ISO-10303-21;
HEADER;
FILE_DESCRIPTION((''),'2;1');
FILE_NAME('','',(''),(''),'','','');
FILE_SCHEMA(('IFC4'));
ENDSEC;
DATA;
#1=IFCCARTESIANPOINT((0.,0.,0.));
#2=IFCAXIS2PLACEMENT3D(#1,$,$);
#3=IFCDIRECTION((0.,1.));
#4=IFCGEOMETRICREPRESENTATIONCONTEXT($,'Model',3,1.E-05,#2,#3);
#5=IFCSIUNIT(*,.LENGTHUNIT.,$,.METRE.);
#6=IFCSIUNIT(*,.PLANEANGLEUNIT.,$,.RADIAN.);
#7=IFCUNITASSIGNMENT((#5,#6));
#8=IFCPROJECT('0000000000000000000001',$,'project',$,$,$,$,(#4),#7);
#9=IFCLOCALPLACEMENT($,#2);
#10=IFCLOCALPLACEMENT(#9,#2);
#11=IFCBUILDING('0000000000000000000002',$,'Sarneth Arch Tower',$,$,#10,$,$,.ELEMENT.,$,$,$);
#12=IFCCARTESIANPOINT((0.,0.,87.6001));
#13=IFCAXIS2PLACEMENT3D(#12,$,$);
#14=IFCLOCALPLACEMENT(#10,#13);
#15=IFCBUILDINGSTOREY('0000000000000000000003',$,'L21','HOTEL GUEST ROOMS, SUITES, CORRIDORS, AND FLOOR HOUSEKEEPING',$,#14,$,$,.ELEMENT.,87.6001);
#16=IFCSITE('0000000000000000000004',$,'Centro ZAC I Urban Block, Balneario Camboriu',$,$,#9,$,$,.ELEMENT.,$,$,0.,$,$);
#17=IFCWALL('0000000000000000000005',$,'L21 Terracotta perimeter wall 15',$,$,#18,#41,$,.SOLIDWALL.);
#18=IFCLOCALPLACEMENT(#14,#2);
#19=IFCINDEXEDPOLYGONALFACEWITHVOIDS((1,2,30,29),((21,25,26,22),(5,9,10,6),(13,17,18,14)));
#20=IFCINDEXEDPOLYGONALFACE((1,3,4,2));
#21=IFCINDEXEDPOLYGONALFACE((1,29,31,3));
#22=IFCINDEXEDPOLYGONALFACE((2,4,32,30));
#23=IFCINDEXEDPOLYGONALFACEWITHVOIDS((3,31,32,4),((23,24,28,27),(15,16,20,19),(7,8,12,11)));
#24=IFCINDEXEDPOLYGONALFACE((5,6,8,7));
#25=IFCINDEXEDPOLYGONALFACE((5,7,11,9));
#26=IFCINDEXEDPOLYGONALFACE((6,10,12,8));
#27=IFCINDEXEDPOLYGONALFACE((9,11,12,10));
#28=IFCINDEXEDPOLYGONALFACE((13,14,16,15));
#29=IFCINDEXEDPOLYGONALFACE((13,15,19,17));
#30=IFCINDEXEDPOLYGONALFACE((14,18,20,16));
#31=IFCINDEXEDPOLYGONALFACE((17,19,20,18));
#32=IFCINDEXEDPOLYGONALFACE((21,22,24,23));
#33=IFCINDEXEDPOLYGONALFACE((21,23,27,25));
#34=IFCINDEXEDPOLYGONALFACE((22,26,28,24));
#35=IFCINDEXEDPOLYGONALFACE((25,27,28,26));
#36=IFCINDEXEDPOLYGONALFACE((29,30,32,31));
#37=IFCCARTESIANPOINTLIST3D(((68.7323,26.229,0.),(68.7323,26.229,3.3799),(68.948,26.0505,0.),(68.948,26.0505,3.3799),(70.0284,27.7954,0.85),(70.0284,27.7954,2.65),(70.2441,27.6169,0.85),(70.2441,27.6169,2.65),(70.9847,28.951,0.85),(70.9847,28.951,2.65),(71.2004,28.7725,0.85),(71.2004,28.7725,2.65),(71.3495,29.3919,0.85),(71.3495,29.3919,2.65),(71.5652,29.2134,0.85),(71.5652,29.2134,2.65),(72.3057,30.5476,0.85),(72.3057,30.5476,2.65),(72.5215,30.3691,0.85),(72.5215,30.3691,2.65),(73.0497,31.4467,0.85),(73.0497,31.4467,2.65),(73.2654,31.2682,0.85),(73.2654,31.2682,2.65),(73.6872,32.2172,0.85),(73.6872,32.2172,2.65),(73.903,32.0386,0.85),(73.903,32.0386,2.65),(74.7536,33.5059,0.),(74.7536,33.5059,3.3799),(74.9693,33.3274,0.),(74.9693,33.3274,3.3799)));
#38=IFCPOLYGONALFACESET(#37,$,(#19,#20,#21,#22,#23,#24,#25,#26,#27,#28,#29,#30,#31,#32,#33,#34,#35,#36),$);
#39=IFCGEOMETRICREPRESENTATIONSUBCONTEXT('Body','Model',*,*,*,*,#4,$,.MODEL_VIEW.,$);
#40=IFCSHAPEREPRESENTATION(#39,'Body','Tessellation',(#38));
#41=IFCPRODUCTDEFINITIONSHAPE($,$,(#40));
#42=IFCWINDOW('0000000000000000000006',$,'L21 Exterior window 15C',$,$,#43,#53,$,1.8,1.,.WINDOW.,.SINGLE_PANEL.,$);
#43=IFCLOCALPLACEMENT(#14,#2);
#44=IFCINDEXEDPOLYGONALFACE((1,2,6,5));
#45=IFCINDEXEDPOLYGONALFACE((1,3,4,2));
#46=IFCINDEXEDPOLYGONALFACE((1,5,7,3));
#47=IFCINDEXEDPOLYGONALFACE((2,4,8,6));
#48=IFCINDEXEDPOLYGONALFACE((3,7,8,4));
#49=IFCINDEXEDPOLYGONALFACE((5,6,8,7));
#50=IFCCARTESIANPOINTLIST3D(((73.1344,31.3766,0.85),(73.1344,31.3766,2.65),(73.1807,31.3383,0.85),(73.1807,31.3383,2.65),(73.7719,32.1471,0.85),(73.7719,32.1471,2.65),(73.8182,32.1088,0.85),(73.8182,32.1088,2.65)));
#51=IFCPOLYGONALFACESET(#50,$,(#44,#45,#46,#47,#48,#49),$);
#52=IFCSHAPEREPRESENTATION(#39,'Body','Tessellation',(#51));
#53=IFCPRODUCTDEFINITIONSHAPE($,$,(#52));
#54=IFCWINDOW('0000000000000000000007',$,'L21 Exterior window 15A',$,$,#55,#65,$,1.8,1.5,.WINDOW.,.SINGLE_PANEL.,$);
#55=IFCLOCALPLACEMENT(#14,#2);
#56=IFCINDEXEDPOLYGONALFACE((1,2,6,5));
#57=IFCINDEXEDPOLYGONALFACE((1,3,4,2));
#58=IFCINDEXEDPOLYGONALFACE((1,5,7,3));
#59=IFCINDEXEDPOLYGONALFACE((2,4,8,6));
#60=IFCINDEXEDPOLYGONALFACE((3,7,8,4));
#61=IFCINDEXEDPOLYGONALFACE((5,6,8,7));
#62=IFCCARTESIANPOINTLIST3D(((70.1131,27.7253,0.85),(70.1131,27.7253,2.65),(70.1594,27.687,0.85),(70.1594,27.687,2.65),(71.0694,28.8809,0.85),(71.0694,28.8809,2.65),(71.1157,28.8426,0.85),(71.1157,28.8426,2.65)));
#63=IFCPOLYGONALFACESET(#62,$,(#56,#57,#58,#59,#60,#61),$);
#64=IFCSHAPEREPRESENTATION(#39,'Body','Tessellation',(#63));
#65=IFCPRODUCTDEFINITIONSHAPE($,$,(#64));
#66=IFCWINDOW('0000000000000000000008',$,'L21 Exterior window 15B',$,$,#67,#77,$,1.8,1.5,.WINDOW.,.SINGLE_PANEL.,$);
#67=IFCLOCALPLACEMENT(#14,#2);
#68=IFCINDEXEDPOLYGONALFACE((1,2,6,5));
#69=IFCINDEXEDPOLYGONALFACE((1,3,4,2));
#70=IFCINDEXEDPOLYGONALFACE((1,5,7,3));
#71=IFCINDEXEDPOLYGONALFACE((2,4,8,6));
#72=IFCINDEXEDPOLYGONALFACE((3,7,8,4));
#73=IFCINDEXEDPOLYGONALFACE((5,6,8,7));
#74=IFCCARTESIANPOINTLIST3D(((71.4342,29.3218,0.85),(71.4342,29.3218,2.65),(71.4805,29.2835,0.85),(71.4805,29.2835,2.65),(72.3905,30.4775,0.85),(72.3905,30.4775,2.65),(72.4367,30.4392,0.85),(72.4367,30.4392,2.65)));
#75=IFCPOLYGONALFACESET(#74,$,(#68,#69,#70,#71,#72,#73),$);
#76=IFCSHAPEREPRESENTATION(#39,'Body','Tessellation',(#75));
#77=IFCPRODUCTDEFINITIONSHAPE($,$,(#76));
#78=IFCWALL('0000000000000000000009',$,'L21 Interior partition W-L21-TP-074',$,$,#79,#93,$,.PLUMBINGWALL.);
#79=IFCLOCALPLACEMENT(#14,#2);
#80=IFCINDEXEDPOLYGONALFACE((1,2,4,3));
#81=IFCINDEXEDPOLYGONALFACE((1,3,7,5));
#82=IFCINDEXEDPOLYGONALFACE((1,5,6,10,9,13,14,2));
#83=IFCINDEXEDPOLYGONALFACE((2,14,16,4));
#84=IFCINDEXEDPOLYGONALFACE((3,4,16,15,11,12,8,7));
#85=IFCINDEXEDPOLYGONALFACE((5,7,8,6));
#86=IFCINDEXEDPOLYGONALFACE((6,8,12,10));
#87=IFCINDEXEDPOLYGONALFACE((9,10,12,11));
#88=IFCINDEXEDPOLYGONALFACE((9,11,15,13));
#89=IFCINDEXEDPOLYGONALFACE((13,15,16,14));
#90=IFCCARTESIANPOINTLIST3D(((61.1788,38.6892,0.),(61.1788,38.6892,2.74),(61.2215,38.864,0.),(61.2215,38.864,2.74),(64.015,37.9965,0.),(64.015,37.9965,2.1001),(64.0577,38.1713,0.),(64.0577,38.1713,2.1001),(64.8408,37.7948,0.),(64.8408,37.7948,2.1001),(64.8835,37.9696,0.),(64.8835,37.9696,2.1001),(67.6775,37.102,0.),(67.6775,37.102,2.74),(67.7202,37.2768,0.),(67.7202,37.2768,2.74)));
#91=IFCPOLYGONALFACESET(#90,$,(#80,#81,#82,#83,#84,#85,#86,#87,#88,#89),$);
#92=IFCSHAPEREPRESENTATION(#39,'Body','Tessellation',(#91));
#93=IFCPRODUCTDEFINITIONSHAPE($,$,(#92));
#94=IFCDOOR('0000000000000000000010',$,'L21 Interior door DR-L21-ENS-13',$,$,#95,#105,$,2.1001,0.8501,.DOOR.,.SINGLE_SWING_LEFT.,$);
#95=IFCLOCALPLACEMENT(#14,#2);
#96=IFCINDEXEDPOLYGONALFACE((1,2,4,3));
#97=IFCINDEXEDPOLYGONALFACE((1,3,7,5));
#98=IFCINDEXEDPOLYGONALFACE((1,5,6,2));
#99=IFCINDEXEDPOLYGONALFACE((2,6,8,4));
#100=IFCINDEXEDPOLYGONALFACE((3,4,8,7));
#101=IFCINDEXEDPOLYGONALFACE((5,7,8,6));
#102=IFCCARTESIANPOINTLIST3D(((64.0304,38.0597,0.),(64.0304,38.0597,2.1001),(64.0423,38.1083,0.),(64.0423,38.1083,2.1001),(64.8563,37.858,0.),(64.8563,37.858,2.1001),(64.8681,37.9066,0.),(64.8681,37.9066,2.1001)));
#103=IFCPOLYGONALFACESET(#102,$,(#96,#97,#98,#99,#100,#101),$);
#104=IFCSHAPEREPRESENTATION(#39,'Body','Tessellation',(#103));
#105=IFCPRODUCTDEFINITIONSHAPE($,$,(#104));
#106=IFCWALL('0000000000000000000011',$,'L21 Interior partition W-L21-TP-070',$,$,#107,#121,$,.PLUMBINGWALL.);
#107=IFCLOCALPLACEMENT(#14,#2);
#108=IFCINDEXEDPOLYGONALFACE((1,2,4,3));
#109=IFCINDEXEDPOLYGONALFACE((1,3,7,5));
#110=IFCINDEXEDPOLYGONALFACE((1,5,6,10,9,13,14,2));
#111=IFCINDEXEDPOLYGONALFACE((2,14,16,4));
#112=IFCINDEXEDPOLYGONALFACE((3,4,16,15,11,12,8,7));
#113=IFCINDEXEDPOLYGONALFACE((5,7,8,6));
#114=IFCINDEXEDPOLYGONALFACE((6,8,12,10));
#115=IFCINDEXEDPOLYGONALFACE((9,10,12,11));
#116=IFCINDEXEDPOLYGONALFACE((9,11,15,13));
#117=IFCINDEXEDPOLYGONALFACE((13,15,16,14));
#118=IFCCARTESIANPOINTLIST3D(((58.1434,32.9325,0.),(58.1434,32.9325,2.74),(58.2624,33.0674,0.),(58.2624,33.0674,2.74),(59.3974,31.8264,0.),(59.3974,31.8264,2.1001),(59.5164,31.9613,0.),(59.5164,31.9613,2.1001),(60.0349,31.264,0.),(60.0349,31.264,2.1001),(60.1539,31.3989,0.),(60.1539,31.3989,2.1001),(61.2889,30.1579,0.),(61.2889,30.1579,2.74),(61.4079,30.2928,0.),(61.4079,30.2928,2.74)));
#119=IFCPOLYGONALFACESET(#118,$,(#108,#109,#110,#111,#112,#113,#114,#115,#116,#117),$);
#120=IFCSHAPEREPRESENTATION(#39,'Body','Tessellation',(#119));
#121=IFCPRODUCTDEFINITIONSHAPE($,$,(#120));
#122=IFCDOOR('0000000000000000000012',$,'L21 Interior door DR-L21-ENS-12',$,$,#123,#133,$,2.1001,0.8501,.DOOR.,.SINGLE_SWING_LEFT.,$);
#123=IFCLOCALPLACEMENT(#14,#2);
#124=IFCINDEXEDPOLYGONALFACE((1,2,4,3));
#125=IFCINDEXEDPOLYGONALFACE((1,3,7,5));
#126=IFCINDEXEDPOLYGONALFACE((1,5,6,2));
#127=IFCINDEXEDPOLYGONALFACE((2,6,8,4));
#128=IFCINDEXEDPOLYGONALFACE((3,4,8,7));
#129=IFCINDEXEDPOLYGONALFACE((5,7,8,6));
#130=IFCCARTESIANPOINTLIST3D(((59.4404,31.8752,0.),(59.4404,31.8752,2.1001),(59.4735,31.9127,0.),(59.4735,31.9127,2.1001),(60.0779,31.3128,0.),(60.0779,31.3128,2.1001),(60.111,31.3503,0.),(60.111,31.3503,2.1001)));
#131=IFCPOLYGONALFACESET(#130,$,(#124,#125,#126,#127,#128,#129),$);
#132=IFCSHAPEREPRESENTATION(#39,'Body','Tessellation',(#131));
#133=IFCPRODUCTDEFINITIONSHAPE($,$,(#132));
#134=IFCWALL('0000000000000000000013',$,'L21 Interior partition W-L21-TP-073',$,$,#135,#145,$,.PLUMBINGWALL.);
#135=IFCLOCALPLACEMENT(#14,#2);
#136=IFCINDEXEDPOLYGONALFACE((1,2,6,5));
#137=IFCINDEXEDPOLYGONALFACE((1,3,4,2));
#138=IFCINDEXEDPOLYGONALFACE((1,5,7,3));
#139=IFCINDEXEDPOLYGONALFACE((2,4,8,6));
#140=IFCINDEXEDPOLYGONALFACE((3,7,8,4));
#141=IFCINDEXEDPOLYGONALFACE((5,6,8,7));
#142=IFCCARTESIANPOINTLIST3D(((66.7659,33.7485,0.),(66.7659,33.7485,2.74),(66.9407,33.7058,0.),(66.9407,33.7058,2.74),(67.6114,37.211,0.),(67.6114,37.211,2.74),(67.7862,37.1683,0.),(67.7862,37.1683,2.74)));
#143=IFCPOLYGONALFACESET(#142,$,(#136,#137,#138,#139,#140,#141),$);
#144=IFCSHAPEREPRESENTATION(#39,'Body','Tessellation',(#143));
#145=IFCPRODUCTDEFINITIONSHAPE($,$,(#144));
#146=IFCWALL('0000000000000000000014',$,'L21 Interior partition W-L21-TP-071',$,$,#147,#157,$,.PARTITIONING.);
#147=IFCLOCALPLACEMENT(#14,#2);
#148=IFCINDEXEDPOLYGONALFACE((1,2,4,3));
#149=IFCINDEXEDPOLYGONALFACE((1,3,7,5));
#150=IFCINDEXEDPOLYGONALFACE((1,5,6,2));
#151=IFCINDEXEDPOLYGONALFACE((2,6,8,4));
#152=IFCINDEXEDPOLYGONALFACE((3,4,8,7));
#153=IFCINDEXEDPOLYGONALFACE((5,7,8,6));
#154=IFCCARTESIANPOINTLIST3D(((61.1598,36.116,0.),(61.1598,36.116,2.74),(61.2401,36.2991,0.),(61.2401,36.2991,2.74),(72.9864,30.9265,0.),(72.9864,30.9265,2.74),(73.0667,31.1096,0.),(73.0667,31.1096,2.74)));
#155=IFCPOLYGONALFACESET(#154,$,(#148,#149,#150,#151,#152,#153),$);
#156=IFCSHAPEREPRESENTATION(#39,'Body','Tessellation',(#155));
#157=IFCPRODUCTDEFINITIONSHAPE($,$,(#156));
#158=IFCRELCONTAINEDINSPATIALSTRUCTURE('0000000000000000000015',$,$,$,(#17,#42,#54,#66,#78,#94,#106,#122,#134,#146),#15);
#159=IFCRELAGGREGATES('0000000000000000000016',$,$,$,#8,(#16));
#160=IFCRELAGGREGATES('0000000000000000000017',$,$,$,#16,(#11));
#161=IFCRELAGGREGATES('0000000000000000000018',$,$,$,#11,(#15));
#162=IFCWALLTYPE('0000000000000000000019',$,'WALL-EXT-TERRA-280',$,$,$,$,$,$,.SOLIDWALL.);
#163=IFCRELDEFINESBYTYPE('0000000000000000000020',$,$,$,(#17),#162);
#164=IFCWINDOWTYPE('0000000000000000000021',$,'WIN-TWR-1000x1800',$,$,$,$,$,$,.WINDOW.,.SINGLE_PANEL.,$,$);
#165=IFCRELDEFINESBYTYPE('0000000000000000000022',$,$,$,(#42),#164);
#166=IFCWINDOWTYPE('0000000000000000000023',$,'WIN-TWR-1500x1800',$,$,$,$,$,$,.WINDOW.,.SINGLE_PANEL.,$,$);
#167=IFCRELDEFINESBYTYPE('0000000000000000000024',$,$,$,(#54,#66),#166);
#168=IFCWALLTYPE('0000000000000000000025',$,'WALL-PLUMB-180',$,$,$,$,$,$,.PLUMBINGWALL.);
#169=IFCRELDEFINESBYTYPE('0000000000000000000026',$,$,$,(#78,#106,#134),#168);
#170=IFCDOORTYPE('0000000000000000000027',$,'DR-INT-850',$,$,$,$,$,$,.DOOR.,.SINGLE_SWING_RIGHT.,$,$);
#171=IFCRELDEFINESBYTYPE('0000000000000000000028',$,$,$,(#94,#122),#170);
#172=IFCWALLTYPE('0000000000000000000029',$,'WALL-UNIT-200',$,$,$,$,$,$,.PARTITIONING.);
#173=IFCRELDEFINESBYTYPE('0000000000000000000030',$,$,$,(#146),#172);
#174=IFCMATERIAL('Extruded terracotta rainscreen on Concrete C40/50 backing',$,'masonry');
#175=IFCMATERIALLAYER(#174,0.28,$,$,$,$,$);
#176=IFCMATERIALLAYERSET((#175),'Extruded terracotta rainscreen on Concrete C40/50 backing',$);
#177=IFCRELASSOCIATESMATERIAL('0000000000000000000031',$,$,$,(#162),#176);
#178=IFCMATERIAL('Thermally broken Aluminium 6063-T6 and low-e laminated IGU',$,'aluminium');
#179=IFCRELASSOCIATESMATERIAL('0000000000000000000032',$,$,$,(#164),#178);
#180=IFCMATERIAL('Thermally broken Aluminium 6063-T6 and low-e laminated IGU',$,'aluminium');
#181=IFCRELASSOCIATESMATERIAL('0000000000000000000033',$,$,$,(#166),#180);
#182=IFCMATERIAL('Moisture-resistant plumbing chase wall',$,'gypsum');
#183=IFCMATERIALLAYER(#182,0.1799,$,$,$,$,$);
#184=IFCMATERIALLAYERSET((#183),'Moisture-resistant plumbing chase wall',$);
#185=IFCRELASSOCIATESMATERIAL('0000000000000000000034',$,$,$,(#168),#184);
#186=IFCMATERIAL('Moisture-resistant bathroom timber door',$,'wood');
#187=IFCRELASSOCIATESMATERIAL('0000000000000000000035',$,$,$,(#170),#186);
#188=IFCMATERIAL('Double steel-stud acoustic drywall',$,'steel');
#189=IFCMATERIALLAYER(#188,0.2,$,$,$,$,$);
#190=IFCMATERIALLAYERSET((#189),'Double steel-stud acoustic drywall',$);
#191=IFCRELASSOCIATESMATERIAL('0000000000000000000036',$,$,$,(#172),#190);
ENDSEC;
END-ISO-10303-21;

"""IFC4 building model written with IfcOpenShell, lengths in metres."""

from ifc_helpers import new_model, si_unit, direction, frame, frame_2d, origin, place, context, subcontext, project, spatial, rectangle, extrude, material, layer, layer_set, type_object, element, fill, save


model = new_model("IFC4")

# Units and contexts
model_context = context("Model", 3, precision=1e-05, world=origin(), true_north=direction((0.0, 1.0)))
body_context = subcontext(model_context, "Body", "Model", "MODEL_VIEW")
ifc_project = project(units=[si_unit("LENGTHUNIT", "METRE"), si_unit("PLANEANGLEUNIT", "RADIAN")], contexts=[model_context])

# Site, building, storey
site_placement = place(None, origin())
site = spatial("IfcSite", under=ifc_project, at=site_placement, Name="Centro ZAC I Urban Block, Balneario Camboriu", CompositionType="ELEMENT", RefElevation=0.0)
building_placement = place(site_placement, origin())
building = spatial("IfcBuilding", under=site, at=building_placement, Name="Sarneth Arch Tower", CompositionType="ELEMENT")
storey_placement = place(building_placement, frame((0.0, 0.0, 87.6001)))
storey = spatial("IfcBuildingStorey", under=building, at=storey_placement, Name="L21", Description="HOTEL GUEST ROOMS, SUITES, CORRIDORS, AND FLOOR HOUSEKEEPING", CompositionType="ELEMENT", Elevation=87.6001)

# Wall, openings, windows
ifc_material_1 = material(Name="Extruded terracotta rainscreen on Concrete C40/50 backing", Category="masonry")
ifc_layer_1 = layer(ifc_material_1, 0.28)
ifc_layer_set_1 = layer_set([ifc_layer_1], Name="Extruded terracotta rainscreen on Concrete C40/50 backing")
wall_type_1 = type_object("IfcWallType", Name="WALL-EXT-TERRA-280", PredefinedType="SOLIDWALL", material=ifc_layer_set_1)
wall_1_placement = place(storey_placement, frame((68.8401, 26.1396, 0.0), z_axis=(0.0, 0.0, 1.0), x_axis=(0.637506, 0.770446, 0.0)))
wall_1 = element("IfcWall", 1, at=wall_1_placement, inside=storey, type_object=wall_type_1, Name="L21 Terracotta perimeter wall 15", PredefinedType="SOLIDWALL", context=body_context, shape_type="SweptSolid", body=[
    extrude(rectangle(XDim=9.4451, YDim=0.28, at=frame_2d((4.7227, 0.0))), origin(), (0.0, 0.0, 1.0), 3.3799),
])
opening_1_placement = place(wall_1_placement, frame((2.0332, 0.0, 0.8501)))
opening_1 = element("IfcOpeningElement", 2, at=opening_1_placement, cuts=wall_1, PredefinedType="OPENING", context=body_context, shape_type="SweptSolid", body=[
    extrude(rectangle(XDim=1.5, YDim=1.8, at=frame_2d((0.75, 0.8999))), frame((0.0, 0.1499, 0.0), z_axis=(0.0, -1.0, 0.0), x_axis=(1.0, 0.0, 0.0)), (0.0, 0.0, 1.0), 0.3),
])
opening_2_placement = place(wall_1_placement, frame((4.1055, 0.0, 0.8501)))
opening_2 = element("IfcOpeningElement", 3, at=opening_2_placement, cuts=wall_1, PredefinedType="OPENING", context=body_context, shape_type="SweptSolid", body=[
    extrude(rectangle(XDim=1.5, YDim=1.8, at=frame_2d((0.75, 0.8999))), frame((0.0, 0.1499, 0.0), z_axis=(0.0, -1.0, 0.0), x_axis=(1.0, 0.0, 0.0)), (0.0, 0.0, 1.0), 0.3),
])
opening_3_placement = place(wall_1_placement, frame((6.7725, 0.0, 0.8501)))
opening_3 = element("IfcOpeningElement", 4, at=opening_3_placement, cuts=wall_1, PredefinedType="OPENING", context=body_context, shape_type="SweptSolid", body=[
    extrude(rectangle(XDim=1.0, YDim=1.8, at=frame_2d((0.5, 0.8999))), frame((0.0, 0.1499, 0.0), z_axis=(0.0, -1.0, 0.0), x_axis=(1.0, 0.0, 0.0)), (0.0, 0.0, 1.0), 0.3),
])
ifc_material_2 = material(Name="Thermally broken Aluminium 6063-T6 and low-e laminated IGU", Category="aluminium")
window_type_1 = type_object("IfcWindowType", Name="WIN-TWR-1000x1800", PartitioningType="SINGLE_PANEL", PredefinedType="WINDOW", material=ifc_material_2)
window_1_placement = place(opening_3_placement, origin())
window_1 = element("IfcWindow", 5, at=window_1_placement, inside=storey, type_object=window_type_1, Name="L21 Exterior window 15C", OverallHeight=1.8, OverallWidth=1.0, PartitioningType="SINGLE_PANEL", PredefinedType="WINDOW", context=body_context, shape_type="SweptSolid", body=[
    extrude(rectangle(XDim=1.0, YDim=1.8, at=frame_2d((0.5, 0.8999))), frame((0.0, 0.03, 0.0), z_axis=(0.0, -1.0, 0.0), x_axis=(1.0, 0.0, 0.0)), (0.0, 0.0, 1.0), 0.0601),
])
fill(opening_3, window_1)
ifc_material_3 = material(Name="Thermally broken Aluminium 6063-T6 and low-e laminated IGU", Category="aluminium")
window_type_2 = type_object("IfcWindowType", Name="WIN-TWR-1500x1800", PartitioningType="SINGLE_PANEL", PredefinedType="WINDOW", material=ifc_material_3)
window_2_placement = place(opening_1_placement, origin())
window_2 = element("IfcWindow", 6, at=window_2_placement, inside=storey, type_object=window_type_2, Name="L21 Exterior window 15A", OverallHeight=1.8, OverallWidth=1.5, PartitioningType="SINGLE_PANEL", PredefinedType="WINDOW", context=body_context, shape_type="SweptSolid", body=[
    extrude(rectangle(XDim=1.5, YDim=1.8, at=frame_2d((0.75, 0.8999))), frame((0.0, 0.03, 0.0), z_axis=(0.0, -1.0, 0.0), x_axis=(1.0, 0.0, 0.0)), (0.0, 0.0, 1.0), 0.0601),
])
fill(opening_1, window_2)
window_3_placement = place(opening_2_placement, origin())
window_3 = element("IfcWindow", 7, at=window_3_placement, inside=storey, type_object=window_type_2, Name="L21 Exterior window 15B", OverallHeight=1.8, OverallWidth=1.5, PartitioningType="SINGLE_PANEL", PredefinedType="WINDOW", context=body_context, shape_type="SweptSolid", body=[
    extrude(rectangle(XDim=1.5, YDim=1.8, at=frame_2d((0.75, 0.8999))), frame((0.0, 0.03, 0.0), z_axis=(0.0, -1.0, 0.0), x_axis=(1.0, 0.0, 0.0)), (0.0, 0.0, 1.0), 0.0601),
])
fill(opening_2, window_3)

# Walls, openings, doors
ifc_material_4 = material(Name="Moisture-resistant plumbing chase wall", Category="gypsum")
ifc_layer_2 = layer(ifc_material_4, 0.1799)
ifc_layer_set_2 = layer_set([ifc_layer_2], Name="Moisture-resistant plumbing chase wall")
wall_type_2 = type_object("IfcWallType", Name="WALL-PLUMB-180", PredefinedType="PLUMBINGWALL", material=ifc_layer_set_2)
wall_2_placement = place(storey_placement, frame((67.6987, 37.1895, 0.0), z_axis=(0.0, 0.0, 1.0), x_axis=(-0.971448, 0.237251, 0.0)))
wall_2 = element("IfcWall", 8, at=wall_2_placement, inside=storey, type_object=wall_type_2, Name="L21 Interior partition W-L21-TP-074", PredefinedType="PLUMBINGWALL", context=body_context, shape_type="SweptSolid", body=[
    extrude(rectangle(XDim=6.6897, YDim=0.1799, at=frame_2d((3.3447, 0.0))), origin(), (0.0, 0.0, 1.0), 2.74),
])
opening_4_placement = place(wall_2_placement, frame((2.9199, 0.0, 0.0)))
opening_4 = element("IfcOpeningElement", 9, at=opening_4_placement, cuts=wall_2, PredefinedType="OPENING", context=body_context, shape_type="SweptSolid", body=[
    extrude(rectangle(XDim=0.8501, YDim=2.1001, at=frame_2d((0.425, 1.05))), frame((0.0, 0.0999, 0.0), z_axis=(0.0, -1.0, 0.0), x_axis=(1.0, 0.0, 0.0)), (0.0, 0.0, 1.0), 0.2),
])
ifc_material_5 = material(Name="Moisture-resistant bathroom timber door", Category="wood")
door_type_1 = type_object("IfcDoorType", Name="DR-INT-850", OperationType="SINGLE_SWING_RIGHT", PredefinedType="DOOR", material=ifc_material_5)
door_1_placement = place(opening_4_placement, origin())
door_1 = element("IfcDoor", 10, at=door_1_placement, inside=storey, type_object=door_type_1, Name="L21 Interior door DR-L21-ENS-13", OperationType="SINGLE_SWING_LEFT", OverallHeight=2.1001, OverallWidth=0.8501, PredefinedType="DOOR", context=body_context, shape_type="SweptSolid", body=[
    extrude(rectangle(XDim=0.8501, YDim=2.1001, at=frame_2d((0.425, 1.05))), frame((0.0, 0.0249, 0.0), z_axis=(0.0, -1.0, 0.0), x_axis=(1.0, 0.0, 0.0)), (0.0, 0.0, 1.0), 0.05),
])
fill(opening_4, door_1)
wall_3_placement = place(storey_placement, frame((61.3484, 30.2253, 0.0), z_axis=(0.0, 0.0, 1.0), x_axis=(-0.749931, 0.661516, 0.0)))
wall_3 = element("IfcWall", 11, at=wall_3_placement, inside=storey, type_object=wall_type_2, Name="L21 Interior partition W-L21-TP-070", PredefinedType="PLUMBINGWALL", context=body_context, shape_type="SweptSolid", body=[
    extrude(rectangle(XDim=4.1943, YDim=0.1799, at=frame_2d((2.0972, 0.0))), origin(), (0.0, 0.0, 1.0), 2.74),
])
opening_5_placement = place(wall_3_placement, frame((1.6721, 0.0, 0.0)))
opening_5 = element("IfcOpeningElement", 12, at=opening_5_placement, cuts=wall_3, PredefinedType="OPENING", context=body_context, shape_type="SweptSolid", body=[
    extrude(rectangle(XDim=0.8501, YDim=2.1001, at=frame_2d((0.425, 1.05))), frame((0.0, 0.0999, 0.0), z_axis=(0.0, -1.0, 0.0), x_axis=(1.0, 0.0, 0.0)), (0.0, 0.0, 1.0), 0.2),
])
door_2_placement = place(opening_5_placement, origin())
door_2 = element("IfcDoor", 13, at=door_2_placement, inside=storey, type_object=door_type_1, Name="L21 Interior door DR-L21-ENS-12", OperationType="SINGLE_SWING_LEFT", OverallHeight=2.1001, OverallWidth=0.8501, PredefinedType="DOOR", context=body_context, shape_type="SweptSolid", body=[
    extrude(rectangle(XDim=0.8501, YDim=2.1001, at=frame_2d((0.425, 1.05))), frame((0.0, 0.0249, 0.0), z_axis=(0.0, -1.0, 0.0), x_axis=(1.0, 0.0, 0.0)), (0.0, 0.0, 1.0), 0.05),
])
fill(opening_5, door_2)

# Walls
wall_4_placement = place(storey_placement, frame((66.8533, 33.7271, 0.0), z_axis=(0.0, 0.0, 1.0), x_axis=(0.237213, 0.971458, 0.0)))
element("IfcWall", 14, at=wall_4_placement, inside=storey, type_object=wall_type_2, Name="L21 Interior partition W-L21-TP-073", PredefinedType="PLUMBINGWALL", context=body_context, shape_type="SweptSolid", body=[
    extrude(rectangle(XDim=3.5642, YDim=0.1799, at=frame_2d((1.7822, 0.0))), origin(), (0.0, 0.0, 1.0), 2.74),
])
ifc_material_6 = material(Name="Double steel-stud acoustic drywall", Category="steel")
ifc_layer_3 = layer(ifc_material_6, 0.2)
ifc_layer_set_3 = layer_set([ifc_layer_3], Name="Double steel-stud acoustic drywall")
wall_type_3 = type_object("IfcWallType", Name="WALL-UNIT-200", PredefinedType="PARTITIONING", material=ifc_layer_set_3)
wall_5_placement = place(storey_placement, frame((61.2, 36.2075, 0.0), z_axis=(0.0, 0.0, 1.0), x_axis=(0.915722, -0.401812, 0.0)))
element("IfcWall", 15, at=wall_5_placement, inside=storey, type_object=wall_type_3, Name="L21 Interior partition W-L21-TP-071", PredefinedType="PARTITIONING", context=body_context, shape_type="SweptSolid", body=[
    extrude(rectangle(XDim=12.915, YDim=0.2, at=frame_2d((6.4575, 0.0))), origin(), (0.0, 0.0, 1.0), 2.74),
])

save(model, "model.ifc")
